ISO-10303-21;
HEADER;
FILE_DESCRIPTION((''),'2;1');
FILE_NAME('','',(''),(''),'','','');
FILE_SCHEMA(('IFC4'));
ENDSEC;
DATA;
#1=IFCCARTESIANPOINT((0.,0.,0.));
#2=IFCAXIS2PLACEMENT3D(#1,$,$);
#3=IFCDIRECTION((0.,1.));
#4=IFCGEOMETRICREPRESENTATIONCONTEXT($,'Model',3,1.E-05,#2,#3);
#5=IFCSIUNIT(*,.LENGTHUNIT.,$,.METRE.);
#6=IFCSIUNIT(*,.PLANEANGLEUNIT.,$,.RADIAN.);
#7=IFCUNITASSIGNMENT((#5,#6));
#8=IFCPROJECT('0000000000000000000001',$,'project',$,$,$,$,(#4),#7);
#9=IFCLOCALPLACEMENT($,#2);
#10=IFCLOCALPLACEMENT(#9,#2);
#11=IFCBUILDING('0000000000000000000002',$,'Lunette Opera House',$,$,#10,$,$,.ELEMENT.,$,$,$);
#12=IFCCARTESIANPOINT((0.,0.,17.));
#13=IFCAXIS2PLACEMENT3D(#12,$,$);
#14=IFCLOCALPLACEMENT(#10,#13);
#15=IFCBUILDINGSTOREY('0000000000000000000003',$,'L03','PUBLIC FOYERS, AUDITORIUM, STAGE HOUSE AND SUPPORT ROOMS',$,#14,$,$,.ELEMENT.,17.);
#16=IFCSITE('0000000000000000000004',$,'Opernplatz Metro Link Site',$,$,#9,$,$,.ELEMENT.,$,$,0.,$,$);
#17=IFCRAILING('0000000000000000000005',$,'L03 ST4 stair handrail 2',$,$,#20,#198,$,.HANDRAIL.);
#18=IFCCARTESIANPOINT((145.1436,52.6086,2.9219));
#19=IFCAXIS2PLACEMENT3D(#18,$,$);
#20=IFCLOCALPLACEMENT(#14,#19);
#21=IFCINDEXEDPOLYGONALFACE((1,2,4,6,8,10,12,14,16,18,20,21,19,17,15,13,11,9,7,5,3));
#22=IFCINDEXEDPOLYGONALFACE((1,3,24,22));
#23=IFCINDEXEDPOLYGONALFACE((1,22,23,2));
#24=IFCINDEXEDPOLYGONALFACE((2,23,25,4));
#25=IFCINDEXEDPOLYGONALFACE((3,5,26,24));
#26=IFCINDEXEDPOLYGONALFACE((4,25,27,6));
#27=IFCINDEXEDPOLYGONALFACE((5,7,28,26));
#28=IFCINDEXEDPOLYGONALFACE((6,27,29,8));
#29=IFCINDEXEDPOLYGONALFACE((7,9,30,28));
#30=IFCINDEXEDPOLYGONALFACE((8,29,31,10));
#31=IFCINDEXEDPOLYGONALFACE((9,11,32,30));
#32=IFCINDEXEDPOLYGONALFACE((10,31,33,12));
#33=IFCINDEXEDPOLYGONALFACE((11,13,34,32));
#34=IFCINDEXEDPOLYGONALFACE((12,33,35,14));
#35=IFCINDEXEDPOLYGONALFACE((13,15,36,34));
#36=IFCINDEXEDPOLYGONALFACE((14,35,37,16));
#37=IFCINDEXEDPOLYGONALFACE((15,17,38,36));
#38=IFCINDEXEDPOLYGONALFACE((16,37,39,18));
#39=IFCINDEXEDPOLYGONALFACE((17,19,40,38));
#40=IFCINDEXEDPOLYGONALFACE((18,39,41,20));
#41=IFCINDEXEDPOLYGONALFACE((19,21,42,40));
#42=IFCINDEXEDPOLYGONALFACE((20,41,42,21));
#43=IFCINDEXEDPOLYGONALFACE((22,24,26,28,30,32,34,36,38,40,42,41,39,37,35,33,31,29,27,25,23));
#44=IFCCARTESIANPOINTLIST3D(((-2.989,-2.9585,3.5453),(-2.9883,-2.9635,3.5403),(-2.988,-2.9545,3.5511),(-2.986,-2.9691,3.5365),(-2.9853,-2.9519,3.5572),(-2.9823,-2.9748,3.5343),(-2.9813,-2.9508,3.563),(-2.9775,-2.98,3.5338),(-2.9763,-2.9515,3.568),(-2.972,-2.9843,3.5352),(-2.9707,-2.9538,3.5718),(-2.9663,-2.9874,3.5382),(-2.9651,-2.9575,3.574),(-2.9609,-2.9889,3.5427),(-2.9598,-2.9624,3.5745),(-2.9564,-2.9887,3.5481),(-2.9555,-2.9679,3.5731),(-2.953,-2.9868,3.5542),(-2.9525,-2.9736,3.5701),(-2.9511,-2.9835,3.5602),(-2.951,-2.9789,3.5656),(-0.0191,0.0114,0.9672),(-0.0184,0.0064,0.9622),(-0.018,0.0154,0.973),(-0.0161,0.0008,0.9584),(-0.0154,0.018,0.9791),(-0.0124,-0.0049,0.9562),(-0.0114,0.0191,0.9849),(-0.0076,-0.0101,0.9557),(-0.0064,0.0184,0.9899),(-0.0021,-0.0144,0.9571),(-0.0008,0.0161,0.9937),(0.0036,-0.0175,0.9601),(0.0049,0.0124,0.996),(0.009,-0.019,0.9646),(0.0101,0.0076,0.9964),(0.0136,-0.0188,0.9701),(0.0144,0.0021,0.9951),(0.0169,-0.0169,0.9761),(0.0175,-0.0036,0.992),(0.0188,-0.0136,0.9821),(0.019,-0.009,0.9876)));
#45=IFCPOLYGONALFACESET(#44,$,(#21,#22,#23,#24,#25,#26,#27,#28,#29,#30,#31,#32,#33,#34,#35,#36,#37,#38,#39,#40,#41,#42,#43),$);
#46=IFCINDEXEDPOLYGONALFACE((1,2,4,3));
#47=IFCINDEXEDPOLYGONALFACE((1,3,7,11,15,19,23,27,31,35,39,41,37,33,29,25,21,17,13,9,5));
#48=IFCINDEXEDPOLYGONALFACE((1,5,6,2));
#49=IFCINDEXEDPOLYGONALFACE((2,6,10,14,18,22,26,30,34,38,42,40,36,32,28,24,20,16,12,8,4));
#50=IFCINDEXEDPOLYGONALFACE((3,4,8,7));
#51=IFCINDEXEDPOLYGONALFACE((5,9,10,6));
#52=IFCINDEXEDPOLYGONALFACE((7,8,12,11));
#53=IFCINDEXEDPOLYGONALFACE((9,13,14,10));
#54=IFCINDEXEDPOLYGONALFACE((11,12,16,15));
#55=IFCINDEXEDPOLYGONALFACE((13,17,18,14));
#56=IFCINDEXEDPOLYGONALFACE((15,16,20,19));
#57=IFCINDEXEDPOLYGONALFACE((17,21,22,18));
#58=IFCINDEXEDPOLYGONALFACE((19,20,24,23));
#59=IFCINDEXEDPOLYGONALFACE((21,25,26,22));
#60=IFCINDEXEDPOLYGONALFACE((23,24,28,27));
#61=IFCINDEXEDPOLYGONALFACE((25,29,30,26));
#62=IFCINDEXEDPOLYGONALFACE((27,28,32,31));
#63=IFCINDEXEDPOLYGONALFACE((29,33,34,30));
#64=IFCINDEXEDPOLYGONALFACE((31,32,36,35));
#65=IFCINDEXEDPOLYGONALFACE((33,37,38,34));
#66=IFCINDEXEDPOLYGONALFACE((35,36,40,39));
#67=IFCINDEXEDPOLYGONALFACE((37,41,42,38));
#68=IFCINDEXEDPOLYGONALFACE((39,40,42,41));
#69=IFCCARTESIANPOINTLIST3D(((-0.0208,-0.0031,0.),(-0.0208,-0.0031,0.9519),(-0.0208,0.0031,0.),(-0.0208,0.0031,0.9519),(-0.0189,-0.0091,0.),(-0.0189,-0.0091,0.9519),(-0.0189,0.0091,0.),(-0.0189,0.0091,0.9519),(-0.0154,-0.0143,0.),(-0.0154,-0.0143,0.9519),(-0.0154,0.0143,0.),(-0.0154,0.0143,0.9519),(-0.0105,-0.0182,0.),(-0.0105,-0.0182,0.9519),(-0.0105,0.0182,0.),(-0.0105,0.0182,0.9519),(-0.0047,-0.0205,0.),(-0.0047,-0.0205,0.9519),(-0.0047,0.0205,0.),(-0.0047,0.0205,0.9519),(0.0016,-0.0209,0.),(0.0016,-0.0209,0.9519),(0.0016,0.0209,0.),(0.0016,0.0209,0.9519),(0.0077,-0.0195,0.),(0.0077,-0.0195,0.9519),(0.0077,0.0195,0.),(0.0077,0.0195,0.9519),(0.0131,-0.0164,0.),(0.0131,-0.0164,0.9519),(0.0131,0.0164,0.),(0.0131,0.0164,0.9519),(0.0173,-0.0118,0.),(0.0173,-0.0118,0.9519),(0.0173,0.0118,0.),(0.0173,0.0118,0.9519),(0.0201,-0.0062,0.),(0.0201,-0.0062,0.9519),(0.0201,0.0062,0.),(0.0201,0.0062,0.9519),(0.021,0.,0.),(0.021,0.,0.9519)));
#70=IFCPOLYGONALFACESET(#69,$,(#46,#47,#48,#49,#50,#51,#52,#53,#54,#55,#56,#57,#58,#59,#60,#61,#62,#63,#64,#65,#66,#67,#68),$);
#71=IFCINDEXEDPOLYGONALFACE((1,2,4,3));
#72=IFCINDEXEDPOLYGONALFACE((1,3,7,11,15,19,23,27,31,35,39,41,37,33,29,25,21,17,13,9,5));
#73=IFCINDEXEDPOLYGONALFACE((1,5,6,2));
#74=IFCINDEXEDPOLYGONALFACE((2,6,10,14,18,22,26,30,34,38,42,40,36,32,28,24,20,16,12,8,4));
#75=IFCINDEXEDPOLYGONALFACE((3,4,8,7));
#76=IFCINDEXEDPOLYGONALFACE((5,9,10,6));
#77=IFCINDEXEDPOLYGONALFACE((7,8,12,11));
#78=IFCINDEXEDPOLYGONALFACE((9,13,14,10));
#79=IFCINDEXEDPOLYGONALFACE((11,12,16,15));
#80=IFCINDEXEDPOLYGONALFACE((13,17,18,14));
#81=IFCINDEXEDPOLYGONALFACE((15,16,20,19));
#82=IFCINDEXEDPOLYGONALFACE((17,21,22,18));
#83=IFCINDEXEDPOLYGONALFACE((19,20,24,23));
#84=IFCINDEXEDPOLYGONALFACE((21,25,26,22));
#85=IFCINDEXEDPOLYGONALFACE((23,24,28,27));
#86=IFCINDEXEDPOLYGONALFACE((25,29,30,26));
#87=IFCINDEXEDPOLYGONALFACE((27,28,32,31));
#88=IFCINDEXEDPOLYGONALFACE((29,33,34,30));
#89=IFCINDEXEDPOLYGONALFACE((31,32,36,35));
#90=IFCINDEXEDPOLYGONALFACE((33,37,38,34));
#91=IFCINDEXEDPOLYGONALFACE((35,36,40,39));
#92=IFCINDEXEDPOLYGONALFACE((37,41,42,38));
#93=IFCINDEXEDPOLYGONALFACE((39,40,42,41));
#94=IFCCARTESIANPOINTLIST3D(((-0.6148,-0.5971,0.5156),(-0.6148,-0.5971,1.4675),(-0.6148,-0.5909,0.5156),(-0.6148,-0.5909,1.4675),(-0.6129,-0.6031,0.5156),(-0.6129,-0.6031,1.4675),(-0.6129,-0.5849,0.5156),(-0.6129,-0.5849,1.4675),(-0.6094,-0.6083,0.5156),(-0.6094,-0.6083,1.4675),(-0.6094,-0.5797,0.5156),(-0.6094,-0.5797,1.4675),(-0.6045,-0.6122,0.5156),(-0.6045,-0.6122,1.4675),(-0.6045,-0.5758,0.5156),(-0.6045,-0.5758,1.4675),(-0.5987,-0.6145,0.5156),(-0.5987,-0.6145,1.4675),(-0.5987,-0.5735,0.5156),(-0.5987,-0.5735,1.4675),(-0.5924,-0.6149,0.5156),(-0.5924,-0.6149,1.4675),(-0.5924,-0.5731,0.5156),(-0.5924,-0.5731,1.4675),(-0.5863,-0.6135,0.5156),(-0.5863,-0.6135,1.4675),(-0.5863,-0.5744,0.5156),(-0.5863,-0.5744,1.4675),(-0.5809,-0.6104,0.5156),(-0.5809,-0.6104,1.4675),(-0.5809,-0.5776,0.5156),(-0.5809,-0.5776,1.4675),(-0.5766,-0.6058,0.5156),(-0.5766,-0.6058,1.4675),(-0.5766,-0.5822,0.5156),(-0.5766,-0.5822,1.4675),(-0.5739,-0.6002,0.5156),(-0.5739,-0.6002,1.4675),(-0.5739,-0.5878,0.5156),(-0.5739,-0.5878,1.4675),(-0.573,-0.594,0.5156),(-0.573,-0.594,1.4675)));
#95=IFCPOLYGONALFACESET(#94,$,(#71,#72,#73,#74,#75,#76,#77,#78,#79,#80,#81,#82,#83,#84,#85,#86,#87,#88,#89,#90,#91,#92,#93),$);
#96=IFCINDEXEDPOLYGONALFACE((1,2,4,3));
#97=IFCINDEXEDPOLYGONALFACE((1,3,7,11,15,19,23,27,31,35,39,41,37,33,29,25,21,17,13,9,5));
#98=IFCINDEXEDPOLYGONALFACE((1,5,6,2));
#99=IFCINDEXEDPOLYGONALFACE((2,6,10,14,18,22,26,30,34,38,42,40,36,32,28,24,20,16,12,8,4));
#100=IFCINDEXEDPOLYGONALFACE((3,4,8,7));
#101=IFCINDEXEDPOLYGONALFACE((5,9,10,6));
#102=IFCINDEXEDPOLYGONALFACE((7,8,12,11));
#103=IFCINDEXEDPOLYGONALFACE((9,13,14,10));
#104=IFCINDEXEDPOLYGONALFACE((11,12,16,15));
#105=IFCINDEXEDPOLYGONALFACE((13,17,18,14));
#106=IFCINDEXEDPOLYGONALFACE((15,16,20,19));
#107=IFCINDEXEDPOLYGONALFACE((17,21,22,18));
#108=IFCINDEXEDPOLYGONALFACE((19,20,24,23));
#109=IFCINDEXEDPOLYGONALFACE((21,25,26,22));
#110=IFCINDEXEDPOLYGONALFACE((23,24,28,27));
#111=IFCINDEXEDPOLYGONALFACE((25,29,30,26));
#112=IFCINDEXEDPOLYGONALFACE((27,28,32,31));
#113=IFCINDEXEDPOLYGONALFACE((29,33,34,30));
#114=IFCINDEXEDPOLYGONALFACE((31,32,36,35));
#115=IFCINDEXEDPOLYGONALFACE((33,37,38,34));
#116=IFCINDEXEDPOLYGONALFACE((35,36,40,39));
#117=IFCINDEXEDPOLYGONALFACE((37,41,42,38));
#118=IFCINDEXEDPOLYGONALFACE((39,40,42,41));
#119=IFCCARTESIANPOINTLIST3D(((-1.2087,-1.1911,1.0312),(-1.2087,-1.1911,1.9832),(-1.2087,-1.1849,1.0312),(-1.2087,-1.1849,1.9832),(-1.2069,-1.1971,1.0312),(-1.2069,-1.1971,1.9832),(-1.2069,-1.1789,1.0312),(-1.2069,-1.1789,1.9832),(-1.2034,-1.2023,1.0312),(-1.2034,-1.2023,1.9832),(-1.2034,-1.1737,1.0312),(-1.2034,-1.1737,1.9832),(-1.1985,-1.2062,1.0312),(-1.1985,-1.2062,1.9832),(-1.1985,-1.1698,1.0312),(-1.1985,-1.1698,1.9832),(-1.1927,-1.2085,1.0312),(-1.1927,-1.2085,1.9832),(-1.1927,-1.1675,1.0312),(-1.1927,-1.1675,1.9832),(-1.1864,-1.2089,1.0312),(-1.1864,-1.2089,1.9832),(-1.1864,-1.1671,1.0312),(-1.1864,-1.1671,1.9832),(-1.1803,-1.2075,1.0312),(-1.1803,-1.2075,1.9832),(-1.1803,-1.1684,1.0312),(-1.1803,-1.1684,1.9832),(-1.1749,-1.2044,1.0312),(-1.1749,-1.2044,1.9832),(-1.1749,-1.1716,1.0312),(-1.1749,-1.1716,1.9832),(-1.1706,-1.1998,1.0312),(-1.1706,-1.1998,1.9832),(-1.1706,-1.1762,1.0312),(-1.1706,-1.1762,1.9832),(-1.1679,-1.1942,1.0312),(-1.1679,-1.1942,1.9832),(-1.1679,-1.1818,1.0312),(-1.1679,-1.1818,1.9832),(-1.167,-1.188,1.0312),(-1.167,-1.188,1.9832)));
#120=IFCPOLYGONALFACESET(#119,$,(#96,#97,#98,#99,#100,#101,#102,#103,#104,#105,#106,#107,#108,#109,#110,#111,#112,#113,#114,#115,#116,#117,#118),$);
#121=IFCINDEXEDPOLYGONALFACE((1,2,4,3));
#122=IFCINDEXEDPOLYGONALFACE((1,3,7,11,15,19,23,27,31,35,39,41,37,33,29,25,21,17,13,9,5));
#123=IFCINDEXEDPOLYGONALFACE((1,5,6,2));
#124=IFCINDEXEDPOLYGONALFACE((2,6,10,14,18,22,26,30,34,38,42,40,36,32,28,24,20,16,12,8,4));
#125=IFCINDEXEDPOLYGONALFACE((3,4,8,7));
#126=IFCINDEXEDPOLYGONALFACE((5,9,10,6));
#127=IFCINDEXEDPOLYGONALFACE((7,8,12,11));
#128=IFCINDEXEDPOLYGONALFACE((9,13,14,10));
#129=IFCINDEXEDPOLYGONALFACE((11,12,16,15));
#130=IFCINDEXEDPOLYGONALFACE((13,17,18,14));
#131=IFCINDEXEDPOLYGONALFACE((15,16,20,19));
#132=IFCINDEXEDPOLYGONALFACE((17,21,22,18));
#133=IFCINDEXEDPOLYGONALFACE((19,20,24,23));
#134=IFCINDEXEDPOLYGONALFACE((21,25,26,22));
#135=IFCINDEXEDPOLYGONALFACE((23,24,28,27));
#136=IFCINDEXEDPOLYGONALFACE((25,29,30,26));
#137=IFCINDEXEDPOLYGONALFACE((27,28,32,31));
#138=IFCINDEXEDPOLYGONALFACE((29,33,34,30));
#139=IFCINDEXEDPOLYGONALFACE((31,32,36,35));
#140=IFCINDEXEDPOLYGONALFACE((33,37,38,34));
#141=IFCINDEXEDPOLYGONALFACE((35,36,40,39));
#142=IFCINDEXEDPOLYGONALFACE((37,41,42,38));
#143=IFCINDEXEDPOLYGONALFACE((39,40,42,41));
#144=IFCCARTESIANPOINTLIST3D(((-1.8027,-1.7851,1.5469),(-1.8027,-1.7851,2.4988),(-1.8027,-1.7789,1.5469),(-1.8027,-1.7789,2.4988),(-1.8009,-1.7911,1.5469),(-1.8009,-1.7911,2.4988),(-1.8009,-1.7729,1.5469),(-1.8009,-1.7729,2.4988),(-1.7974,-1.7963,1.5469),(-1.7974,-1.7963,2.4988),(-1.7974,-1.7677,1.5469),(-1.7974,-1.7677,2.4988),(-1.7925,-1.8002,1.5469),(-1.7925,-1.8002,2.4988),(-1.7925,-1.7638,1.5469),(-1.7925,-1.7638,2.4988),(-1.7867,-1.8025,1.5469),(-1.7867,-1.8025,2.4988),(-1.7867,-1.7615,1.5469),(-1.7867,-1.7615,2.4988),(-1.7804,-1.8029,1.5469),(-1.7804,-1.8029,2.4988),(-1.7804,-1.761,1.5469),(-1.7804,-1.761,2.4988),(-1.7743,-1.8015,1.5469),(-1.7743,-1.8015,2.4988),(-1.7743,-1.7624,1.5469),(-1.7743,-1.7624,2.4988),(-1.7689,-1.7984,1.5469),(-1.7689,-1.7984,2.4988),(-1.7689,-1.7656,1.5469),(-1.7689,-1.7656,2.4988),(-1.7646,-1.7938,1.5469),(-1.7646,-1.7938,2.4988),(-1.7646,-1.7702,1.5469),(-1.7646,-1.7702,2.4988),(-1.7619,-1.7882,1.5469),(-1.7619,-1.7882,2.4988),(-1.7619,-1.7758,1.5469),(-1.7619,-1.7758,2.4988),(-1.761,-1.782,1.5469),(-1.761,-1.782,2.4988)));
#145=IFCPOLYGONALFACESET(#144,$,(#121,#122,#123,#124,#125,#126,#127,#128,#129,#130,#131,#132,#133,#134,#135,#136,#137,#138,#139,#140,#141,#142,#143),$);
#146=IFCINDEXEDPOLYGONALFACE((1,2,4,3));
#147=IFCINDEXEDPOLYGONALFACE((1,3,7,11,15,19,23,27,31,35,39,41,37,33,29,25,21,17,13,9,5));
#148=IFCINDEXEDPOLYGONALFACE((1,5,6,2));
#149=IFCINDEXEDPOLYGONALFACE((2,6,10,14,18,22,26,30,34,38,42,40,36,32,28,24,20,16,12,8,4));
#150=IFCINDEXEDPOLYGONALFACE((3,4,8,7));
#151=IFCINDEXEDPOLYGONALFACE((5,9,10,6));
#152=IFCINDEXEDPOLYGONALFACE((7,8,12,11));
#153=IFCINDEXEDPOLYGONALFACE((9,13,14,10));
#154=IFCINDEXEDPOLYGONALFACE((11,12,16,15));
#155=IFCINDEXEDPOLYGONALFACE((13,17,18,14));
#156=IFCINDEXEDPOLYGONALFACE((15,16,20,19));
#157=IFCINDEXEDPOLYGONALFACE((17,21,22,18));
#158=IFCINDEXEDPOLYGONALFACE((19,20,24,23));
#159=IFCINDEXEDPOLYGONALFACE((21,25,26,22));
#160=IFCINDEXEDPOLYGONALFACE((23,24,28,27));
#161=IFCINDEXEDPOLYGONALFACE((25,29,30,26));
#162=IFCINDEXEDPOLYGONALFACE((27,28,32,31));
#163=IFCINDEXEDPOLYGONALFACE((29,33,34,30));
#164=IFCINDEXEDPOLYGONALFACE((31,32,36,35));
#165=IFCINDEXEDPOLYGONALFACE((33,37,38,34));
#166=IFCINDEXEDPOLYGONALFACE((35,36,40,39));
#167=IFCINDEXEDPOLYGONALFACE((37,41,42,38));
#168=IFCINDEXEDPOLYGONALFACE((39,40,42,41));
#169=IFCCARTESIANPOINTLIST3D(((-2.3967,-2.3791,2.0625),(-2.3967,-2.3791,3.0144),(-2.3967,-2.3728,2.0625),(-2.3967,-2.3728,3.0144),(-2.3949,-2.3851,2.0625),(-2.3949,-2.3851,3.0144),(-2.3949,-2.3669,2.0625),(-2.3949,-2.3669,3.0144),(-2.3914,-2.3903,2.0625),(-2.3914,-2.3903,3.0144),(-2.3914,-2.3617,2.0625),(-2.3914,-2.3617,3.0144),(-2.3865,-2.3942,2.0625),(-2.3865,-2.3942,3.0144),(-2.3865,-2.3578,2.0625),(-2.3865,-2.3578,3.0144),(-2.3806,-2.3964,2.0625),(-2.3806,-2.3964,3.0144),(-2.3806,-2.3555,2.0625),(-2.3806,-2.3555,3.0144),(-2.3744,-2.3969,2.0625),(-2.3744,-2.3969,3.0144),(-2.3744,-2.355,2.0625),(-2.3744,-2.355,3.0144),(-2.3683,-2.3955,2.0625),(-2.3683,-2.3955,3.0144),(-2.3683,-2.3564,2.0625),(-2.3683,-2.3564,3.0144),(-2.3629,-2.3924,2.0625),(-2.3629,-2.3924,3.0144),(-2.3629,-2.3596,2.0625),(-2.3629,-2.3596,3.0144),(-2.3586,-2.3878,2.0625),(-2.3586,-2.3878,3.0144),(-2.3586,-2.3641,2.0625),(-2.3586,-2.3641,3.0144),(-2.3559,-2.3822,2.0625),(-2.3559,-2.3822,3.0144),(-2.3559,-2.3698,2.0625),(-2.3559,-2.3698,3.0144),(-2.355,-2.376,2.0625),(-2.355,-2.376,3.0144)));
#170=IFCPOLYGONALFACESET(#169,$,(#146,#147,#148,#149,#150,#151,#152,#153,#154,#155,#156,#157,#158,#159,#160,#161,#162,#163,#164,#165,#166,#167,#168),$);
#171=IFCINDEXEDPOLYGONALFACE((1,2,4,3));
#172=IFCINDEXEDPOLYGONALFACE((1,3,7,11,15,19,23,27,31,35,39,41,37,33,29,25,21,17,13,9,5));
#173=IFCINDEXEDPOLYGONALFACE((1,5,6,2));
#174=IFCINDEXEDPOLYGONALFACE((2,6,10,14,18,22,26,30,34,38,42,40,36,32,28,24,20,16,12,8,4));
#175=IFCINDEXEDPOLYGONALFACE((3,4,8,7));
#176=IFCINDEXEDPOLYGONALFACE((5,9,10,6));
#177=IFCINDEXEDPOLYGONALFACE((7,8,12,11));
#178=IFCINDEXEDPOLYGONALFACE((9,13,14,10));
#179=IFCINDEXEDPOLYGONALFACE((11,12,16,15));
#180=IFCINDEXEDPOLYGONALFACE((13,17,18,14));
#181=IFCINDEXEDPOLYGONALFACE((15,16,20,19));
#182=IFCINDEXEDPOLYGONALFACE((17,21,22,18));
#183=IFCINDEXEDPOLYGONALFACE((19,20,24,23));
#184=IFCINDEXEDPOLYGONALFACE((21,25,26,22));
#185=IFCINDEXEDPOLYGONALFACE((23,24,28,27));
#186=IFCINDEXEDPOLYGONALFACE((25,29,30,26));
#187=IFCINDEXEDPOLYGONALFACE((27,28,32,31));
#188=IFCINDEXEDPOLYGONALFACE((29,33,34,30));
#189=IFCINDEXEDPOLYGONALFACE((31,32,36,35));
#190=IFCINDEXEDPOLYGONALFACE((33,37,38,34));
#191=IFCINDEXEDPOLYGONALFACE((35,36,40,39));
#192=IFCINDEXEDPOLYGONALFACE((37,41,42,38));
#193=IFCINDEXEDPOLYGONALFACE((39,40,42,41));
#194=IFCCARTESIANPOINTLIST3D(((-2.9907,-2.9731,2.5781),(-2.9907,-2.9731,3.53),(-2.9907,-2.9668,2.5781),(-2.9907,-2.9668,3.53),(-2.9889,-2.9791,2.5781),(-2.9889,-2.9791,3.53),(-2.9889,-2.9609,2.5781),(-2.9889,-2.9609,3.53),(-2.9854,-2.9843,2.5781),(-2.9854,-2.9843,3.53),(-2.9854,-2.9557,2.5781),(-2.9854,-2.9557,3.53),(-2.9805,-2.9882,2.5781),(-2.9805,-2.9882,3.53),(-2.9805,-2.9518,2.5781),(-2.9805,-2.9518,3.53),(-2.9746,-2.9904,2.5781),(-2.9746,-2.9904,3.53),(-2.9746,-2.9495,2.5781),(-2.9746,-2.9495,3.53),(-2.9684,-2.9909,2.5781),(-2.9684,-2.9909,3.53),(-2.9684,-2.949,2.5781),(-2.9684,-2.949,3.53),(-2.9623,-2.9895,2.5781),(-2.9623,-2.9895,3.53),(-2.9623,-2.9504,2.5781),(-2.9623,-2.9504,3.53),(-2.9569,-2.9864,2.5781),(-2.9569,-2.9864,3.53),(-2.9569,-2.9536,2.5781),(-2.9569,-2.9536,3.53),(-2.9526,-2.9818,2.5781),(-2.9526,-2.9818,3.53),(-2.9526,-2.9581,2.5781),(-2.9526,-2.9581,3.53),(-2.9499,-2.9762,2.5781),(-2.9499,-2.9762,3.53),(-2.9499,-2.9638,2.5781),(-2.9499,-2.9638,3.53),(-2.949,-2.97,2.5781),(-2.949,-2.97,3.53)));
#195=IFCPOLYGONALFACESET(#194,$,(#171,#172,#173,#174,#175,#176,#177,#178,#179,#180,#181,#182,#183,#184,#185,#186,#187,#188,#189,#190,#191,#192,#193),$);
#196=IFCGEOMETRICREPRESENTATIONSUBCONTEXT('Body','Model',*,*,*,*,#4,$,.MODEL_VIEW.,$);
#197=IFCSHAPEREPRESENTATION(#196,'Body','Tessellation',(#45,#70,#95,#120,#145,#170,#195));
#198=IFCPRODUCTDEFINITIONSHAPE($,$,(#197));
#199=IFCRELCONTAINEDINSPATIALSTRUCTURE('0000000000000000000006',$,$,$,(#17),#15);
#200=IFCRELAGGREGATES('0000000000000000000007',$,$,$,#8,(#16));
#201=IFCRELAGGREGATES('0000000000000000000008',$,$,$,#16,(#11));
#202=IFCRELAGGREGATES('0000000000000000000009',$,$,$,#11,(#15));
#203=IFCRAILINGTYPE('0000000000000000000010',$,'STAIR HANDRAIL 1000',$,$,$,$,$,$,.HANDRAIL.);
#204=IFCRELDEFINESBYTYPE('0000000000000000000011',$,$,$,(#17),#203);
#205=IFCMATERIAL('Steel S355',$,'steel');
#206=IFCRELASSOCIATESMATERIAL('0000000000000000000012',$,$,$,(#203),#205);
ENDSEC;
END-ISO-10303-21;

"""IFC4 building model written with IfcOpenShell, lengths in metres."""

from ifc_helpers import new_model, si_unit, direction, frame, origin, origin_2d, place, context, subcontext, project, spatial, circle, extrude, material, type_object, element, save


model = new_model("IFC4")

# Units and contexts
model_context = context("Model", 3, precision=1e-05, world=origin(), true_north=direction((0.0, 1.0)))
body_context = subcontext(model_context, "Body", "Model", "MODEL_VIEW")
ifc_project = project(units=[si_unit("LENGTHUNIT", "METRE"), si_unit("PLANEANGLEUNIT", "RADIAN")], contexts=[model_context])

# Site, building, storey
site_placement = place(None, origin())
site = spatial("IfcSite", under=ifc_project, at=site_placement, Name="Opernplatz Metro Link Site", CompositionType="ELEMENT", RefElevation=0.0)
building_placement = place(site_placement, origin())
building = spatial("IfcBuilding", under=site, at=building_placement, Name="Lunette Opera House", CompositionType="ELEMENT")
storey_placement = place(building_placement, frame((0.0, 0.0, 17.0)))
storey = spatial("IfcBuildingStorey", under=building, at=storey_placement, Name="L03", Description="PUBLIC FOYERS, AUDITORIUM, STAGE HOUSE AND SUPPORT ROOMS", CompositionType="ELEMENT", Elevation=17.0)

# Railing
ifc_material_1 = material(Name="Steel S355", Category="steel")
railing_type = type_object("IfcRailingType", Name="STAIR HANDRAIL 1000", PredefinedType="HANDRAIL", material=ifc_material_1)
railing_placement = place(storey_placement, frame((145.1436, 52.6086, 2.9219)))
element("IfcRailing", 1, at=railing_placement, inside=storey, type_object=railing_type, Name="L03 ST4 stair handrail 2", PredefinedType="HANDRAIL", context=body_context, shape_type="SweptSolid", body=[
    extrude(circle(Radius=0.0239, at=origin_2d()), frame((0.0, 0.0, 0.9761), z_axis=(-0.602635, -0.602635, 0.523126), x_axis=(0.707107, -0.707107, 0.0)), (0.0, 0.0, 1.0), 4.9282),
    extrude(circle(Radius=0.021, at=origin_2d()), origin(), (0.0, 0.0, 1.0), 0.9519),
    extrude(circle(Radius=0.021, at=origin_2d()), frame((-0.594, -0.594, 0.5156)), (0.0, 0.0, 1.0), 0.9519),
    extrude(circle(Radius=0.021, at=origin_2d()), frame((-1.188, -1.188, 1.0312)), (0.0, 0.0, 1.0), 0.9519),
    extrude(circle(Radius=0.021, at=origin_2d()), frame((-1.782, -1.782, 1.5469)), (0.0, 0.0, 1.0), 0.9519),
    extrude(circle(Radius=0.021, at=origin_2d()), frame((-2.376, -2.376, 2.0625)), (0.0, 0.0, 1.0), 0.9519),
    extrude(circle(Radius=0.021, at=origin_2d()), frame((-2.97, -2.97, 2.5781)), (0.0, 0.0, 1.0), 0.9519),
])

save(model, "model.ifc")
